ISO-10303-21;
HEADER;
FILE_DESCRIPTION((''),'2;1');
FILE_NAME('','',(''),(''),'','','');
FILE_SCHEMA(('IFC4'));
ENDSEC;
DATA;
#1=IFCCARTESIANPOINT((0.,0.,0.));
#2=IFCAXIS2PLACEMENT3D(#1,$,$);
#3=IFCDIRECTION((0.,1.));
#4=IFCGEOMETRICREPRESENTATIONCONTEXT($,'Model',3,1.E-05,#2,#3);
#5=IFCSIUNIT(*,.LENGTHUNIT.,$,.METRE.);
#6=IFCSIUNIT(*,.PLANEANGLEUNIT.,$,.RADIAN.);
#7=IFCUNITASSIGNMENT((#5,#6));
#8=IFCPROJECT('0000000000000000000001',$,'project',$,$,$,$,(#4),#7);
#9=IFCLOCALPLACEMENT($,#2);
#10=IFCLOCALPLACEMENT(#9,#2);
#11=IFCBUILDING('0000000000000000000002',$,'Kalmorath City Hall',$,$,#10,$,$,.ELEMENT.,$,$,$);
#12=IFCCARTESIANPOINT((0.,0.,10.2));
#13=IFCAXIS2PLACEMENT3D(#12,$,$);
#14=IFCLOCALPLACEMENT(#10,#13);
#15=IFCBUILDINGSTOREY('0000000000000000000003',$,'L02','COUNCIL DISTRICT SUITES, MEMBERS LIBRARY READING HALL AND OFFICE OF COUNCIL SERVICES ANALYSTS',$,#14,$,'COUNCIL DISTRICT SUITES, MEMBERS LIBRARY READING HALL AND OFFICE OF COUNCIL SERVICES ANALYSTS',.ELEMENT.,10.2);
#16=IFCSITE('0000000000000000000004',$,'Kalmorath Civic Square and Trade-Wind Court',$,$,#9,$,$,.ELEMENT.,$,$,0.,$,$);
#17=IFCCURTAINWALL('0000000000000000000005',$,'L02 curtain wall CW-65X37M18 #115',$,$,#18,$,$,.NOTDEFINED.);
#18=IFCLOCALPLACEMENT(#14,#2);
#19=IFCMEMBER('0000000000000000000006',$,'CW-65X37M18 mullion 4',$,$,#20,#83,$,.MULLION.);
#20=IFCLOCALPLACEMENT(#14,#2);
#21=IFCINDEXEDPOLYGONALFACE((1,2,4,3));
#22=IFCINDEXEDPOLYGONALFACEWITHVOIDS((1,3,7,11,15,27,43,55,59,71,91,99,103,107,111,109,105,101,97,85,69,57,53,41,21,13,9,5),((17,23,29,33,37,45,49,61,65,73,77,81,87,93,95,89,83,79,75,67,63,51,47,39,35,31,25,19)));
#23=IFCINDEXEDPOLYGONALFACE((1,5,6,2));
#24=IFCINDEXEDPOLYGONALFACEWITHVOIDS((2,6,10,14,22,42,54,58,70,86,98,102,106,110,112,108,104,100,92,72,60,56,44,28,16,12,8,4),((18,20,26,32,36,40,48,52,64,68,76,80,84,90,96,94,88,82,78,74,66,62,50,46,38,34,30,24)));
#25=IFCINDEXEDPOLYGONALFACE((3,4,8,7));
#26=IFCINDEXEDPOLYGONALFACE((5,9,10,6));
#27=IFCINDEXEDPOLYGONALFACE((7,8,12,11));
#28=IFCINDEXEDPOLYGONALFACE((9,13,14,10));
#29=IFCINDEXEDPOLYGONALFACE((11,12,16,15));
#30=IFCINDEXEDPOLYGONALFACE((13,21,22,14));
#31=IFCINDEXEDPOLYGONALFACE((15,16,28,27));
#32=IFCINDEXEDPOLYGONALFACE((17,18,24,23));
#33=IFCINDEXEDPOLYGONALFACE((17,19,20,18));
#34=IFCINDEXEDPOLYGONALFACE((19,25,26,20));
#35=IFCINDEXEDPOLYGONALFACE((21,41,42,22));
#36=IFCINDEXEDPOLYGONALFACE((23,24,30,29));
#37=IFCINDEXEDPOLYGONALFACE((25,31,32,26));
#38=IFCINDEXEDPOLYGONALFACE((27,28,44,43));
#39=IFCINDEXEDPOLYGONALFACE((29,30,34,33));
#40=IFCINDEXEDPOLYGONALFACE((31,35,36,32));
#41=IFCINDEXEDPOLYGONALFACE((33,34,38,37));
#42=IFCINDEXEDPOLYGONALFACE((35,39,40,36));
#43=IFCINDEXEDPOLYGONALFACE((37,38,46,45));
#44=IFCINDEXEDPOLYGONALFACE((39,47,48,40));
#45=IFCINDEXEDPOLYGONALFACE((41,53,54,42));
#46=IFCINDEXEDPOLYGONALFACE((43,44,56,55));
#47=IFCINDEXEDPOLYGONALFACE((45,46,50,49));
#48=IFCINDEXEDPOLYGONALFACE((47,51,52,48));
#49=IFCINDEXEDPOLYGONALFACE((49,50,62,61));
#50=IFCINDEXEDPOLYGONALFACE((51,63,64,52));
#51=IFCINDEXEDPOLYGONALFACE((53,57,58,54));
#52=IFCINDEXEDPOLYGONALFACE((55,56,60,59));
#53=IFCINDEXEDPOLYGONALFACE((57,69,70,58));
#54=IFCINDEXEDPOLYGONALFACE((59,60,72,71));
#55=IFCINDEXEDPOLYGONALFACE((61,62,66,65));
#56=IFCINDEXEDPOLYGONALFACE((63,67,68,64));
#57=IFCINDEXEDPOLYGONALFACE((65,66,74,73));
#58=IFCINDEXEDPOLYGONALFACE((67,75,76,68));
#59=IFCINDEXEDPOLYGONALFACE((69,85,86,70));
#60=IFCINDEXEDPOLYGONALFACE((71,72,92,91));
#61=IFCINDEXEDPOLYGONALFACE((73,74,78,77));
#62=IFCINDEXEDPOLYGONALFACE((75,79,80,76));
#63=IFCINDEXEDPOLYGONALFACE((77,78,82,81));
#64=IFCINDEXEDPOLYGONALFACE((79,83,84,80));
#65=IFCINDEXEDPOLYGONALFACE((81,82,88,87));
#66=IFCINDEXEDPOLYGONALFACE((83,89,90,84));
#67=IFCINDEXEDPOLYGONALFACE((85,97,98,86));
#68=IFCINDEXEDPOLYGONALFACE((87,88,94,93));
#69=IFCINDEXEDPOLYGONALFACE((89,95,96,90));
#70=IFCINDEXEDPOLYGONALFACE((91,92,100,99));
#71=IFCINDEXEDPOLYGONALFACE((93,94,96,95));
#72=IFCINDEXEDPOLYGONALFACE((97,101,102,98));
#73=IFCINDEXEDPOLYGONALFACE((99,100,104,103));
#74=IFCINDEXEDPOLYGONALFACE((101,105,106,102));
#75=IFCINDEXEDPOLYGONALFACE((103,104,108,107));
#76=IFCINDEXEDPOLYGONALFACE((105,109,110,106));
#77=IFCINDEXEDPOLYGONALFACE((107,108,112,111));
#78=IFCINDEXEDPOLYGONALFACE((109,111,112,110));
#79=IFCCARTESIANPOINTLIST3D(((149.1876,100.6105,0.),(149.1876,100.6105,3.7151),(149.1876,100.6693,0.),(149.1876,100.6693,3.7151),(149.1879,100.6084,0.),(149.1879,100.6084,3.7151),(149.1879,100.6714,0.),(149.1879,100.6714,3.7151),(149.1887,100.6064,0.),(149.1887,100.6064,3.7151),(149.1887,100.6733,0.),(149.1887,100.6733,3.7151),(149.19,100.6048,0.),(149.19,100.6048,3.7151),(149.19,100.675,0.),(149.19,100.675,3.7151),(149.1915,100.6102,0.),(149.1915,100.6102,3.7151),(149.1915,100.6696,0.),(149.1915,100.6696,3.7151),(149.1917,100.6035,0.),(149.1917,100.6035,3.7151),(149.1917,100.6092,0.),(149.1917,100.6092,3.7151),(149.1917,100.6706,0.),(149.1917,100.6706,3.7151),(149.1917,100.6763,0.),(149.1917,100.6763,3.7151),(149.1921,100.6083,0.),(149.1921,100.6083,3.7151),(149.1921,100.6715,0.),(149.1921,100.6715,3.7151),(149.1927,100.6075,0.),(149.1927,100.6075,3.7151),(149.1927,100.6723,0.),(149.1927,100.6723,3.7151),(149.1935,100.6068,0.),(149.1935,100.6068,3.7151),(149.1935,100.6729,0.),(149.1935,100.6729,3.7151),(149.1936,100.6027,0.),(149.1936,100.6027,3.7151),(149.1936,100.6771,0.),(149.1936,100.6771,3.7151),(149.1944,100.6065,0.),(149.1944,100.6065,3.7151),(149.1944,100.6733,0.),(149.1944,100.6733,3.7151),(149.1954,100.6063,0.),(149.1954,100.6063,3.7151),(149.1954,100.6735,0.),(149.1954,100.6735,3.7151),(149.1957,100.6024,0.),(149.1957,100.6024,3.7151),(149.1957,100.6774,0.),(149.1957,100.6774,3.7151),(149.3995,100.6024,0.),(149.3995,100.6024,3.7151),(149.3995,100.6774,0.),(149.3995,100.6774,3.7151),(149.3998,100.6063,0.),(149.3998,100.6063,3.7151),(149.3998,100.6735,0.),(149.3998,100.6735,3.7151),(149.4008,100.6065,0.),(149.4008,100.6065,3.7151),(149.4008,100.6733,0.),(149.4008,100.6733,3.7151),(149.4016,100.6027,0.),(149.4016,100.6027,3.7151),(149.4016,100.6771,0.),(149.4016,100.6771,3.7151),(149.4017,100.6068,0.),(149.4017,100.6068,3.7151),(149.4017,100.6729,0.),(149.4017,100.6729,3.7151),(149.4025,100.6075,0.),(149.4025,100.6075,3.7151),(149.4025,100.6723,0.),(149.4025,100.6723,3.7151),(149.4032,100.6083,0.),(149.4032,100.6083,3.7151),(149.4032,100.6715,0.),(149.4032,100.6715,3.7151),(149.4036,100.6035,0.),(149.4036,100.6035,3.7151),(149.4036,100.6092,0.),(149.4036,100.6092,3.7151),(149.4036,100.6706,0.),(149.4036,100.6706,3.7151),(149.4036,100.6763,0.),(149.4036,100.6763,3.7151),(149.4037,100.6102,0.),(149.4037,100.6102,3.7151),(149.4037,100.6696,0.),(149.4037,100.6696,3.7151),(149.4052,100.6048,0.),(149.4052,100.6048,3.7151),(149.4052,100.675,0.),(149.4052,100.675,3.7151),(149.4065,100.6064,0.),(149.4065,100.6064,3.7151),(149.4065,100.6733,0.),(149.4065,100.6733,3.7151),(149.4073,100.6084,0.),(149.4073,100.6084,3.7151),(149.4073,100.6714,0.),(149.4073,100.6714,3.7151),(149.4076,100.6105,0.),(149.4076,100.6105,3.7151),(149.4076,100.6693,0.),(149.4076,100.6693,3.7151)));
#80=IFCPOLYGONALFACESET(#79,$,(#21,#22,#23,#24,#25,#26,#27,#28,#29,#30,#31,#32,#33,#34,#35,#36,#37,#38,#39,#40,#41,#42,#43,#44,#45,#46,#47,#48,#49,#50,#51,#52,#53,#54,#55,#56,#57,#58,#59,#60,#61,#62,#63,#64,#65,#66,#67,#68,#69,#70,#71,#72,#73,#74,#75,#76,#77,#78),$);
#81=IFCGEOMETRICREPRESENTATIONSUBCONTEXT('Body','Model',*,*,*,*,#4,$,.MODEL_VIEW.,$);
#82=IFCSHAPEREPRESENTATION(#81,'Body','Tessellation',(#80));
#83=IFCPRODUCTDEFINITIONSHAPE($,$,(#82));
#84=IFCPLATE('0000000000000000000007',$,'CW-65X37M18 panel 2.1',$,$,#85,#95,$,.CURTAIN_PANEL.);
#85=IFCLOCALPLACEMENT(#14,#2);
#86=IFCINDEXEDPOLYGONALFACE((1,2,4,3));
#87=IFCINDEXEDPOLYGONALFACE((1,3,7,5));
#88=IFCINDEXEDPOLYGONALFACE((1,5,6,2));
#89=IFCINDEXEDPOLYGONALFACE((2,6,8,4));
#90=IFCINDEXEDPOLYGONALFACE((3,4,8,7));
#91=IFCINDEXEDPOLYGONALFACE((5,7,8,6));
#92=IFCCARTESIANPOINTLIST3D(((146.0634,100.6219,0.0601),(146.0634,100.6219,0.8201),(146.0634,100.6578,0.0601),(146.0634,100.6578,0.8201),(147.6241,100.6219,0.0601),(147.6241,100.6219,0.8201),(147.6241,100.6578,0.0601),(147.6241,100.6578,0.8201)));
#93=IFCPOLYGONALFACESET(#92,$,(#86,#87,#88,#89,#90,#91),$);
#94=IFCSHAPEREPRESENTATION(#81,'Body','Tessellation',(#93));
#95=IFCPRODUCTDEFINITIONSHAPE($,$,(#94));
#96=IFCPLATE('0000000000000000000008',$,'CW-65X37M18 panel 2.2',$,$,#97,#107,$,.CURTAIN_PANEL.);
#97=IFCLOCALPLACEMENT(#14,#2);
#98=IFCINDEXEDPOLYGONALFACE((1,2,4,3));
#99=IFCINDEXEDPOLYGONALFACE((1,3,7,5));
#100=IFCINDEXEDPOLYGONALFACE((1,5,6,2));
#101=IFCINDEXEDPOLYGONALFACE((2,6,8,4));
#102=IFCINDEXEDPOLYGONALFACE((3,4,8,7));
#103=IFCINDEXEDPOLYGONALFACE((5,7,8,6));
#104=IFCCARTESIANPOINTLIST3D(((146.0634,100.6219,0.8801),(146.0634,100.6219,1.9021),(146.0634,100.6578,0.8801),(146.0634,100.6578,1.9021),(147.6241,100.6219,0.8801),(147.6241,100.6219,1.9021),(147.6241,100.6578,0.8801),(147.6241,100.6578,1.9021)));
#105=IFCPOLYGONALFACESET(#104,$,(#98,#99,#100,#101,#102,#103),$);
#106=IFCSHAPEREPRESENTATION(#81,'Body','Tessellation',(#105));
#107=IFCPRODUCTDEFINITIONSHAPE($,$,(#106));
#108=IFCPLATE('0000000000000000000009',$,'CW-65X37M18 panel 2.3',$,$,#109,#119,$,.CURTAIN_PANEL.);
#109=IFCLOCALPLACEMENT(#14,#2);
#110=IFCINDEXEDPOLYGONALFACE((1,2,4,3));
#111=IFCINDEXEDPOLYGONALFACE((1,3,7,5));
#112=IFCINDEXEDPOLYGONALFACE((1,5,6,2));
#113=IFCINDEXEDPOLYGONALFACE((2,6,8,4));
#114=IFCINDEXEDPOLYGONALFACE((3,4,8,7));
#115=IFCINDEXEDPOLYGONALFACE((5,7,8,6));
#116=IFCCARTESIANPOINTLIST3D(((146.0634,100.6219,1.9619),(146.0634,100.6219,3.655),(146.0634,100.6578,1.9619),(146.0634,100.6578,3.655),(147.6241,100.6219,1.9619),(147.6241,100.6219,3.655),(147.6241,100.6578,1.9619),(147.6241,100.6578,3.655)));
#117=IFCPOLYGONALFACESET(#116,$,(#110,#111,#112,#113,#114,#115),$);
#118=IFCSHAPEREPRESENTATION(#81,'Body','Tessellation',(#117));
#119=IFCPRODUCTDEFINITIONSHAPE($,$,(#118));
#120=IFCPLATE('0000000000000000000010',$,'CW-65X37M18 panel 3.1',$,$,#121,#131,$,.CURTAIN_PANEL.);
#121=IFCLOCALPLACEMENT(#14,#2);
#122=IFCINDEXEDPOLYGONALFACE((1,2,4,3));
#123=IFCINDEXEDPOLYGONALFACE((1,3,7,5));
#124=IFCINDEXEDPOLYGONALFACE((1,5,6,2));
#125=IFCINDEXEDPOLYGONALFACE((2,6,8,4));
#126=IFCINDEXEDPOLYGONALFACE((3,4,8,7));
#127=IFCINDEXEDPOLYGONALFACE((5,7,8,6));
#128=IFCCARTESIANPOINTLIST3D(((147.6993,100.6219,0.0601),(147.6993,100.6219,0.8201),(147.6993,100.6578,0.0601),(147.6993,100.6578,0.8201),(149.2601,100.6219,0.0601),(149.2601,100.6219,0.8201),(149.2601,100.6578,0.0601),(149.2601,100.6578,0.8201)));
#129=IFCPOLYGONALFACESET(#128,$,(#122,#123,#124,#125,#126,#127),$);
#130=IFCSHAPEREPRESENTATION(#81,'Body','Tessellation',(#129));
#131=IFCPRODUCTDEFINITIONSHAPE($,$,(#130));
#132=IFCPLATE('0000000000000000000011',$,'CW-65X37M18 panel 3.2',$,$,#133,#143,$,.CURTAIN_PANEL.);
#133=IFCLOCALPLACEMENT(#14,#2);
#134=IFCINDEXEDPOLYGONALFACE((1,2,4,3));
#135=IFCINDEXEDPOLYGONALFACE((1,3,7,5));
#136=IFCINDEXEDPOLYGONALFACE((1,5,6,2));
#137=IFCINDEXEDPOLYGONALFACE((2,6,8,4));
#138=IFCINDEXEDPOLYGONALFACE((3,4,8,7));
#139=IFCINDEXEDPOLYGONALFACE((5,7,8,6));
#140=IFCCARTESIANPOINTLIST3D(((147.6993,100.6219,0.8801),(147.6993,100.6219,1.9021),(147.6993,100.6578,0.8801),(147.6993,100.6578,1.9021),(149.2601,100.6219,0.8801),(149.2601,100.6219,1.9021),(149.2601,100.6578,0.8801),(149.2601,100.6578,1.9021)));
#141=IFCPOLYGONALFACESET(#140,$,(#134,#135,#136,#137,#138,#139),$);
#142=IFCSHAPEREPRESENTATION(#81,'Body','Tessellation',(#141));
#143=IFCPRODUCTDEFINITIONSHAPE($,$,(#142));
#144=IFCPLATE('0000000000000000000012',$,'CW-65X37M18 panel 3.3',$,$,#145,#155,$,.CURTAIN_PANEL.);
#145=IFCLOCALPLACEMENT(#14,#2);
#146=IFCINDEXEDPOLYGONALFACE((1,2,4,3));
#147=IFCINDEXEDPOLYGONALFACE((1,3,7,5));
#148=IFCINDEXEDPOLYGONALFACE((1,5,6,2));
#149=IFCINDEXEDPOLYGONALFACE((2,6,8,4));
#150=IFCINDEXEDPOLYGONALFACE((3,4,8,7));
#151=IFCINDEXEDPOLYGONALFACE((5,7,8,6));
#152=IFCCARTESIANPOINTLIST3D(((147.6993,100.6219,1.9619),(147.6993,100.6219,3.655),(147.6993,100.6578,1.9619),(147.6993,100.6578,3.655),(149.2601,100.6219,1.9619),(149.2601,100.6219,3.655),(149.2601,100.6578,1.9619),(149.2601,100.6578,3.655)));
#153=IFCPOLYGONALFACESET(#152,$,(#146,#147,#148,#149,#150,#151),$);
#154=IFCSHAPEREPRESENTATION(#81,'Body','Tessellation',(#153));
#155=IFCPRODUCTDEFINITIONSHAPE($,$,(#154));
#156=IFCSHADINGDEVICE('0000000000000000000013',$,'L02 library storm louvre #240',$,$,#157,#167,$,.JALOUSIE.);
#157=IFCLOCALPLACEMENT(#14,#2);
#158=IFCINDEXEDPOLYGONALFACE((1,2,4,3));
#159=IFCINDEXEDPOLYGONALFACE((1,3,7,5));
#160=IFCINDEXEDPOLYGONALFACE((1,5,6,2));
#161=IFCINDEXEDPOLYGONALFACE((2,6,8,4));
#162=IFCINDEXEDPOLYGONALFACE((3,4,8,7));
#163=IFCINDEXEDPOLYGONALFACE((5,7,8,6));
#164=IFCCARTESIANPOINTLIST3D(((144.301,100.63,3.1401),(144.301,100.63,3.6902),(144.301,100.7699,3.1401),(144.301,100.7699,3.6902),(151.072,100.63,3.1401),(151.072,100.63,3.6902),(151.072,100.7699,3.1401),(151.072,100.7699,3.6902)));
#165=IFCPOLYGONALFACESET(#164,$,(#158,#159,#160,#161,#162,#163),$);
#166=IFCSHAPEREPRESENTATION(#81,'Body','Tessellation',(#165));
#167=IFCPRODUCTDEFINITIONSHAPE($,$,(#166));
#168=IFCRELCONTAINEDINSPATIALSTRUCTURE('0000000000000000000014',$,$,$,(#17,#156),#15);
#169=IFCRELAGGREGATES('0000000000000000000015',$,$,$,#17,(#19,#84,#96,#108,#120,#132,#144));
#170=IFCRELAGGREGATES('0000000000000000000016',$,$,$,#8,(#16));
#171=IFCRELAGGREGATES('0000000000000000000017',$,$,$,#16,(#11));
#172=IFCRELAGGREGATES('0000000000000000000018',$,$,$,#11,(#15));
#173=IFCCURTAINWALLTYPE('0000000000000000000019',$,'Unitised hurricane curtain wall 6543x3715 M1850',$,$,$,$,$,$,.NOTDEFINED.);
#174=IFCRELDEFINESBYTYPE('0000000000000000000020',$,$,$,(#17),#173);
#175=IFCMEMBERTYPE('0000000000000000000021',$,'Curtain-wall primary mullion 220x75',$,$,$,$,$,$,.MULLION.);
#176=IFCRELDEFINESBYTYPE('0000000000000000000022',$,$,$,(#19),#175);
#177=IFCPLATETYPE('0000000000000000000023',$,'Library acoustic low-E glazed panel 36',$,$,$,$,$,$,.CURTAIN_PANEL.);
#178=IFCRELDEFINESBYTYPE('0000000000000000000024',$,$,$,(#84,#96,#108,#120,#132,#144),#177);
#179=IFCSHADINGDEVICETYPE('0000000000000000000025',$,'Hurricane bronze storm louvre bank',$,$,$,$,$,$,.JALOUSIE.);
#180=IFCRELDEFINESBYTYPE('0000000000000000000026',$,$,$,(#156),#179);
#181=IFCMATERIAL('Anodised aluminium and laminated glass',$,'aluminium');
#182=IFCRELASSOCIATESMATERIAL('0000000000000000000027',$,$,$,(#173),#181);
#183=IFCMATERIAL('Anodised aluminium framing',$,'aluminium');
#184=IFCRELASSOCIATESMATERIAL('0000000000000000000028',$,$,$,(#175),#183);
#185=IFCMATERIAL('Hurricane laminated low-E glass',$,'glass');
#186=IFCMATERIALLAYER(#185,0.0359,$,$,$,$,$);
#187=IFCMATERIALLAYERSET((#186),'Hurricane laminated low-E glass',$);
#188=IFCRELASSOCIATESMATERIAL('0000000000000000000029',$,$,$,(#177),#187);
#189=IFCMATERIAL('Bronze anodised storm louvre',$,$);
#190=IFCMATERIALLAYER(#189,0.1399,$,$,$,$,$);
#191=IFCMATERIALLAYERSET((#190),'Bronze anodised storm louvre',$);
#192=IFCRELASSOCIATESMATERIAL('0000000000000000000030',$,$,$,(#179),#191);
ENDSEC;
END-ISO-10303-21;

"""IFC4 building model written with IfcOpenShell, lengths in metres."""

from ifc_helpers import new_model, si_unit, direction, frame, origin, origin_2d, place, context, subcontext, project, spatial, rectangle, hollow_rectangle, extrude, material, layer, layer_set, material_profile, profile_set, type_object, element, aggregate, save


model = new_model("IFC4")

# Units and contexts
model_context = context("Model", 3, precision=1e-05, world=origin(), true_north=direction((0.0, 1.0)))
body_context = subcontext(model_context, "Body", "Model", "MODEL_VIEW")
ifc_project = project(units=[si_unit("LENGTHUNIT", "METRE"), si_unit("PLANEANGLEUNIT", "RADIAN")], contexts=[model_context])

# Site, building, storey
site_placement = place(None, origin())
site = spatial("IfcSite", under=ifc_project, at=site_placement, Name="Kalmorath Civic Square and Trade-Wind Court", CompositionType="ELEMENT", RefElevation=0.0)
building_placement = place(site_placement, origin())
building = spatial("IfcBuilding", under=site, at=building_placement, Name="Kalmorath City Hall", CompositionType="ELEMENT")
storey_placement = place(building_placement, frame((0.0, 0.0, 10.2)))
storey = spatial("IfcBuildingStorey", under=building, at=storey_placement, Name="L02", Description="COUNCIL DISTRICT SUITES, MEMBERS LIBRARY READING HALL AND OFFICE OF COUNCIL SERVICES ANALYSTS", LongName="COUNCIL DISTRICT SUITES, MEMBERS LIBRARY READING HALL AND OFFICE OF COUNCIL SERVICES ANALYSTS", CompositionType="ELEMENT", Elevation=10.2)

# Curtain wall, member, plates
ifc_material_1 = material(Name="Anodised aluminium and laminated glass", Category="aluminium")
curtain_wall_type = type_object("IfcCurtainWallType", Name="Unitised hurricane curtain wall 6543x3715 M1850", PredefinedType="NOTDEFINED", material=ifc_material_1)
curtain_wall_placement = place(storey_placement, origin())
curtain_wall = element("IfcCurtainWall", 1, at=curtain_wall_placement, inside=storey, type_object=curtain_wall_type, Name="L02 curtain wall CW-65X37M18 #115", PredefinedType="NOTDEFINED")
ifc_material_2 = material(Name="Anodised aluminium framing", Category="aluminium")
ifc_material_profile_1 = material_profile(ifc_material_2, hollow_rectangle(XDim=0.075, YDim=0.22, WallThickness=0.0039, InnerFilletRadius=0.0039, OuterFilletRadius=0.0081, at=origin_2d()), Name="ALU-MUL-220X75X4")
ifc_profile_set_1 = profile_set([ifc_material_profile_1], Name="Anodised aluminium framing")
member_type_1 = type_object("IfcMemberType", Name="Curtain-wall primary mullion 220x75", PredefinedType="MULLION", material=ifc_profile_set_1)
member_1_placement = place(storey_placement, frame((149.2976, 100.6399, 0.0), z_axis=(0.0, 0.0, 1.0), x_axis=(0.0, 1.0, 0.0)))
member_1 = element("IfcMember", 2, at=member_1_placement, type_object=member_type_1, Name="CW-65X37M18 mullion 4", PredefinedType="MULLION", context=body_context, shape_type="SweptSolid", body=[
    extrude(hollow_rectangle(XDim=0.075, YDim=0.22, WallThickness=0.0039, InnerFilletRadius=0.0039, OuterFilletRadius=0.0081, at=origin_2d()), origin(), (0.0, 0.0, 1.0), 3.7151),
])
ifc_material_3 = material(Name="Hurricane laminated low-E glass", Category="glass")
ifc_layer_1 = layer(ifc_material_3, 0.0359)
ifc_layer_set_1 = layer_set([ifc_layer_1], Name="Hurricane laminated low-E glass")
plate_type = type_object("IfcPlateType", Name="Library acoustic low-E glazed panel 36", PredefinedType="CURTAIN_PANEL", material=ifc_layer_set_1)
plate_1_placement = place(storey_placement, frame((146.8438, 100.6399, 0.0601), z_axis=(0.0, 0.0, 1.0), x_axis=(1.0, 0.0, 0.0)))
plate_1 = element("IfcPlate", 3, at=plate_1_placement, type_object=plate_type, Name="CW-65X37M18 panel 2.1", PredefinedType="CURTAIN_PANEL", context=body_context, shape_type="SweptSolid", body=[
    extrude(rectangle(XDim=1.5608, YDim=0.0359, at=origin_2d()), origin(), (0.0, 0.0, 1.0), 0.76),
])
plate_2_placement = place(storey_placement, frame((146.8438, 100.6399, 0.8801), z_axis=(0.0, 0.0, 1.0), x_axis=(1.0, 0.0, 0.0)))
plate_2 = element("IfcPlate", 4, at=plate_2_placement, type_object=plate_type, Name="CW-65X37M18 panel 2.2", PredefinedType="CURTAIN_PANEL", context=body_context, shape_type="SweptSolid", body=[
    extrude(rectangle(XDim=1.5608, YDim=0.0359, at=origin_2d()), origin(), (0.0, 0.0, 1.0), 1.022),
])
plate_3_placement = place(storey_placement, frame((146.8438, 100.6399, 1.9619), z_axis=(0.0, 0.0, 1.0), x_axis=(1.0, 0.0, 0.0)))
plate_3 = element("IfcPlate", 5, at=plate_3_placement, type_object=plate_type, Name="CW-65X37M18 panel 2.3", PredefinedType="CURTAIN_PANEL", context=body_context, shape_type="SweptSolid", body=[
    extrude(rectangle(XDim=1.5608, YDim=0.0359, at=origin_2d()), origin(), (0.0, 0.0, 1.0), 1.6931),
])
plate_4_placement = place(storey_placement, frame((148.4797, 100.6399, 0.0601), z_axis=(0.0, 0.0, 1.0), x_axis=(1.0, 0.0, 0.0)))
plate_4 = element("IfcPlate", 6, at=plate_4_placement, type_object=plate_type, Name="CW-65X37M18 panel 3.1", PredefinedType="CURTAIN_PANEL", context=body_context, shape_type="SweptSolid", body=[
    extrude(rectangle(XDim=1.5608, YDim=0.0359, at=origin_2d()), origin(), (0.0, 0.0, 1.0), 0.76),
])
plate_5_placement = place(storey_placement, frame((148.4797, 100.6399, 0.8801), z_axis=(0.0, 0.0, 1.0), x_axis=(1.0, 0.0, 0.0)))
plate_5 = element("IfcPlate", 7, at=plate_5_placement, type_object=plate_type, Name="CW-65X37M18 panel 3.2", PredefinedType="CURTAIN_PANEL", context=body_context, shape_type="SweptSolid", body=[
    extrude(rectangle(XDim=1.5608, YDim=0.0359, at=origin_2d()), origin(), (0.0, 0.0, 1.0), 1.022),
])
plate_6_placement = place(storey_placement, frame((148.4797, 100.6399, 1.9619), z_axis=(0.0, 0.0, 1.0), x_axis=(1.0, 0.0, 0.0)))
plate_6 = element("IfcPlate", 8, at=plate_6_placement, type_object=plate_type, Name="CW-65X37M18 panel 3.3", PredefinedType="CURTAIN_PANEL", context=body_context, shape_type="SweptSolid", body=[
    extrude(rectangle(XDim=1.5608, YDim=0.0359, at=origin_2d()), origin(), (0.0, 0.0, 1.0), 1.6931),
])
aggregate(curtain_wall, [member_1, plate_1, plate_2, plate_3, plate_4, plate_5, plate_6])

# Shading device
ifc_material_4 = material(Name="Bronze anodised storm louvre")
ifc_layer_2 = layer(ifc_material_4, 0.1399)
ifc_layer_set_2 = layer_set([ifc_layer_2], Name="Bronze anodised storm louvre")
shading_device_type = type_object("IfcShadingDeviceType", Name="Hurricane bronze storm louvre bank", PredefinedType="JALOUSIE", material=ifc_layer_set_2)
shading_device_placement = place(storey_placement, frame((147.6865, 100.7, 3.1401), z_axis=(0.0, 0.0, 1.0), x_axis=(1.0, 0.0, 0.0)))
element("IfcShadingDevice", 9, at=shading_device_placement, inside=storey, type_object=shading_device_type, Name="L02 library storm louvre #240", PredefinedType="JALOUSIE", context=body_context, shape_type="SweptSolid", body=[
    extrude(rectangle(XDim=6.771, YDim=0.1399, at=origin_2d()), origin(), (0.0, 0.0, 1.0), 0.55),
])

save(model, "model.ifc")
